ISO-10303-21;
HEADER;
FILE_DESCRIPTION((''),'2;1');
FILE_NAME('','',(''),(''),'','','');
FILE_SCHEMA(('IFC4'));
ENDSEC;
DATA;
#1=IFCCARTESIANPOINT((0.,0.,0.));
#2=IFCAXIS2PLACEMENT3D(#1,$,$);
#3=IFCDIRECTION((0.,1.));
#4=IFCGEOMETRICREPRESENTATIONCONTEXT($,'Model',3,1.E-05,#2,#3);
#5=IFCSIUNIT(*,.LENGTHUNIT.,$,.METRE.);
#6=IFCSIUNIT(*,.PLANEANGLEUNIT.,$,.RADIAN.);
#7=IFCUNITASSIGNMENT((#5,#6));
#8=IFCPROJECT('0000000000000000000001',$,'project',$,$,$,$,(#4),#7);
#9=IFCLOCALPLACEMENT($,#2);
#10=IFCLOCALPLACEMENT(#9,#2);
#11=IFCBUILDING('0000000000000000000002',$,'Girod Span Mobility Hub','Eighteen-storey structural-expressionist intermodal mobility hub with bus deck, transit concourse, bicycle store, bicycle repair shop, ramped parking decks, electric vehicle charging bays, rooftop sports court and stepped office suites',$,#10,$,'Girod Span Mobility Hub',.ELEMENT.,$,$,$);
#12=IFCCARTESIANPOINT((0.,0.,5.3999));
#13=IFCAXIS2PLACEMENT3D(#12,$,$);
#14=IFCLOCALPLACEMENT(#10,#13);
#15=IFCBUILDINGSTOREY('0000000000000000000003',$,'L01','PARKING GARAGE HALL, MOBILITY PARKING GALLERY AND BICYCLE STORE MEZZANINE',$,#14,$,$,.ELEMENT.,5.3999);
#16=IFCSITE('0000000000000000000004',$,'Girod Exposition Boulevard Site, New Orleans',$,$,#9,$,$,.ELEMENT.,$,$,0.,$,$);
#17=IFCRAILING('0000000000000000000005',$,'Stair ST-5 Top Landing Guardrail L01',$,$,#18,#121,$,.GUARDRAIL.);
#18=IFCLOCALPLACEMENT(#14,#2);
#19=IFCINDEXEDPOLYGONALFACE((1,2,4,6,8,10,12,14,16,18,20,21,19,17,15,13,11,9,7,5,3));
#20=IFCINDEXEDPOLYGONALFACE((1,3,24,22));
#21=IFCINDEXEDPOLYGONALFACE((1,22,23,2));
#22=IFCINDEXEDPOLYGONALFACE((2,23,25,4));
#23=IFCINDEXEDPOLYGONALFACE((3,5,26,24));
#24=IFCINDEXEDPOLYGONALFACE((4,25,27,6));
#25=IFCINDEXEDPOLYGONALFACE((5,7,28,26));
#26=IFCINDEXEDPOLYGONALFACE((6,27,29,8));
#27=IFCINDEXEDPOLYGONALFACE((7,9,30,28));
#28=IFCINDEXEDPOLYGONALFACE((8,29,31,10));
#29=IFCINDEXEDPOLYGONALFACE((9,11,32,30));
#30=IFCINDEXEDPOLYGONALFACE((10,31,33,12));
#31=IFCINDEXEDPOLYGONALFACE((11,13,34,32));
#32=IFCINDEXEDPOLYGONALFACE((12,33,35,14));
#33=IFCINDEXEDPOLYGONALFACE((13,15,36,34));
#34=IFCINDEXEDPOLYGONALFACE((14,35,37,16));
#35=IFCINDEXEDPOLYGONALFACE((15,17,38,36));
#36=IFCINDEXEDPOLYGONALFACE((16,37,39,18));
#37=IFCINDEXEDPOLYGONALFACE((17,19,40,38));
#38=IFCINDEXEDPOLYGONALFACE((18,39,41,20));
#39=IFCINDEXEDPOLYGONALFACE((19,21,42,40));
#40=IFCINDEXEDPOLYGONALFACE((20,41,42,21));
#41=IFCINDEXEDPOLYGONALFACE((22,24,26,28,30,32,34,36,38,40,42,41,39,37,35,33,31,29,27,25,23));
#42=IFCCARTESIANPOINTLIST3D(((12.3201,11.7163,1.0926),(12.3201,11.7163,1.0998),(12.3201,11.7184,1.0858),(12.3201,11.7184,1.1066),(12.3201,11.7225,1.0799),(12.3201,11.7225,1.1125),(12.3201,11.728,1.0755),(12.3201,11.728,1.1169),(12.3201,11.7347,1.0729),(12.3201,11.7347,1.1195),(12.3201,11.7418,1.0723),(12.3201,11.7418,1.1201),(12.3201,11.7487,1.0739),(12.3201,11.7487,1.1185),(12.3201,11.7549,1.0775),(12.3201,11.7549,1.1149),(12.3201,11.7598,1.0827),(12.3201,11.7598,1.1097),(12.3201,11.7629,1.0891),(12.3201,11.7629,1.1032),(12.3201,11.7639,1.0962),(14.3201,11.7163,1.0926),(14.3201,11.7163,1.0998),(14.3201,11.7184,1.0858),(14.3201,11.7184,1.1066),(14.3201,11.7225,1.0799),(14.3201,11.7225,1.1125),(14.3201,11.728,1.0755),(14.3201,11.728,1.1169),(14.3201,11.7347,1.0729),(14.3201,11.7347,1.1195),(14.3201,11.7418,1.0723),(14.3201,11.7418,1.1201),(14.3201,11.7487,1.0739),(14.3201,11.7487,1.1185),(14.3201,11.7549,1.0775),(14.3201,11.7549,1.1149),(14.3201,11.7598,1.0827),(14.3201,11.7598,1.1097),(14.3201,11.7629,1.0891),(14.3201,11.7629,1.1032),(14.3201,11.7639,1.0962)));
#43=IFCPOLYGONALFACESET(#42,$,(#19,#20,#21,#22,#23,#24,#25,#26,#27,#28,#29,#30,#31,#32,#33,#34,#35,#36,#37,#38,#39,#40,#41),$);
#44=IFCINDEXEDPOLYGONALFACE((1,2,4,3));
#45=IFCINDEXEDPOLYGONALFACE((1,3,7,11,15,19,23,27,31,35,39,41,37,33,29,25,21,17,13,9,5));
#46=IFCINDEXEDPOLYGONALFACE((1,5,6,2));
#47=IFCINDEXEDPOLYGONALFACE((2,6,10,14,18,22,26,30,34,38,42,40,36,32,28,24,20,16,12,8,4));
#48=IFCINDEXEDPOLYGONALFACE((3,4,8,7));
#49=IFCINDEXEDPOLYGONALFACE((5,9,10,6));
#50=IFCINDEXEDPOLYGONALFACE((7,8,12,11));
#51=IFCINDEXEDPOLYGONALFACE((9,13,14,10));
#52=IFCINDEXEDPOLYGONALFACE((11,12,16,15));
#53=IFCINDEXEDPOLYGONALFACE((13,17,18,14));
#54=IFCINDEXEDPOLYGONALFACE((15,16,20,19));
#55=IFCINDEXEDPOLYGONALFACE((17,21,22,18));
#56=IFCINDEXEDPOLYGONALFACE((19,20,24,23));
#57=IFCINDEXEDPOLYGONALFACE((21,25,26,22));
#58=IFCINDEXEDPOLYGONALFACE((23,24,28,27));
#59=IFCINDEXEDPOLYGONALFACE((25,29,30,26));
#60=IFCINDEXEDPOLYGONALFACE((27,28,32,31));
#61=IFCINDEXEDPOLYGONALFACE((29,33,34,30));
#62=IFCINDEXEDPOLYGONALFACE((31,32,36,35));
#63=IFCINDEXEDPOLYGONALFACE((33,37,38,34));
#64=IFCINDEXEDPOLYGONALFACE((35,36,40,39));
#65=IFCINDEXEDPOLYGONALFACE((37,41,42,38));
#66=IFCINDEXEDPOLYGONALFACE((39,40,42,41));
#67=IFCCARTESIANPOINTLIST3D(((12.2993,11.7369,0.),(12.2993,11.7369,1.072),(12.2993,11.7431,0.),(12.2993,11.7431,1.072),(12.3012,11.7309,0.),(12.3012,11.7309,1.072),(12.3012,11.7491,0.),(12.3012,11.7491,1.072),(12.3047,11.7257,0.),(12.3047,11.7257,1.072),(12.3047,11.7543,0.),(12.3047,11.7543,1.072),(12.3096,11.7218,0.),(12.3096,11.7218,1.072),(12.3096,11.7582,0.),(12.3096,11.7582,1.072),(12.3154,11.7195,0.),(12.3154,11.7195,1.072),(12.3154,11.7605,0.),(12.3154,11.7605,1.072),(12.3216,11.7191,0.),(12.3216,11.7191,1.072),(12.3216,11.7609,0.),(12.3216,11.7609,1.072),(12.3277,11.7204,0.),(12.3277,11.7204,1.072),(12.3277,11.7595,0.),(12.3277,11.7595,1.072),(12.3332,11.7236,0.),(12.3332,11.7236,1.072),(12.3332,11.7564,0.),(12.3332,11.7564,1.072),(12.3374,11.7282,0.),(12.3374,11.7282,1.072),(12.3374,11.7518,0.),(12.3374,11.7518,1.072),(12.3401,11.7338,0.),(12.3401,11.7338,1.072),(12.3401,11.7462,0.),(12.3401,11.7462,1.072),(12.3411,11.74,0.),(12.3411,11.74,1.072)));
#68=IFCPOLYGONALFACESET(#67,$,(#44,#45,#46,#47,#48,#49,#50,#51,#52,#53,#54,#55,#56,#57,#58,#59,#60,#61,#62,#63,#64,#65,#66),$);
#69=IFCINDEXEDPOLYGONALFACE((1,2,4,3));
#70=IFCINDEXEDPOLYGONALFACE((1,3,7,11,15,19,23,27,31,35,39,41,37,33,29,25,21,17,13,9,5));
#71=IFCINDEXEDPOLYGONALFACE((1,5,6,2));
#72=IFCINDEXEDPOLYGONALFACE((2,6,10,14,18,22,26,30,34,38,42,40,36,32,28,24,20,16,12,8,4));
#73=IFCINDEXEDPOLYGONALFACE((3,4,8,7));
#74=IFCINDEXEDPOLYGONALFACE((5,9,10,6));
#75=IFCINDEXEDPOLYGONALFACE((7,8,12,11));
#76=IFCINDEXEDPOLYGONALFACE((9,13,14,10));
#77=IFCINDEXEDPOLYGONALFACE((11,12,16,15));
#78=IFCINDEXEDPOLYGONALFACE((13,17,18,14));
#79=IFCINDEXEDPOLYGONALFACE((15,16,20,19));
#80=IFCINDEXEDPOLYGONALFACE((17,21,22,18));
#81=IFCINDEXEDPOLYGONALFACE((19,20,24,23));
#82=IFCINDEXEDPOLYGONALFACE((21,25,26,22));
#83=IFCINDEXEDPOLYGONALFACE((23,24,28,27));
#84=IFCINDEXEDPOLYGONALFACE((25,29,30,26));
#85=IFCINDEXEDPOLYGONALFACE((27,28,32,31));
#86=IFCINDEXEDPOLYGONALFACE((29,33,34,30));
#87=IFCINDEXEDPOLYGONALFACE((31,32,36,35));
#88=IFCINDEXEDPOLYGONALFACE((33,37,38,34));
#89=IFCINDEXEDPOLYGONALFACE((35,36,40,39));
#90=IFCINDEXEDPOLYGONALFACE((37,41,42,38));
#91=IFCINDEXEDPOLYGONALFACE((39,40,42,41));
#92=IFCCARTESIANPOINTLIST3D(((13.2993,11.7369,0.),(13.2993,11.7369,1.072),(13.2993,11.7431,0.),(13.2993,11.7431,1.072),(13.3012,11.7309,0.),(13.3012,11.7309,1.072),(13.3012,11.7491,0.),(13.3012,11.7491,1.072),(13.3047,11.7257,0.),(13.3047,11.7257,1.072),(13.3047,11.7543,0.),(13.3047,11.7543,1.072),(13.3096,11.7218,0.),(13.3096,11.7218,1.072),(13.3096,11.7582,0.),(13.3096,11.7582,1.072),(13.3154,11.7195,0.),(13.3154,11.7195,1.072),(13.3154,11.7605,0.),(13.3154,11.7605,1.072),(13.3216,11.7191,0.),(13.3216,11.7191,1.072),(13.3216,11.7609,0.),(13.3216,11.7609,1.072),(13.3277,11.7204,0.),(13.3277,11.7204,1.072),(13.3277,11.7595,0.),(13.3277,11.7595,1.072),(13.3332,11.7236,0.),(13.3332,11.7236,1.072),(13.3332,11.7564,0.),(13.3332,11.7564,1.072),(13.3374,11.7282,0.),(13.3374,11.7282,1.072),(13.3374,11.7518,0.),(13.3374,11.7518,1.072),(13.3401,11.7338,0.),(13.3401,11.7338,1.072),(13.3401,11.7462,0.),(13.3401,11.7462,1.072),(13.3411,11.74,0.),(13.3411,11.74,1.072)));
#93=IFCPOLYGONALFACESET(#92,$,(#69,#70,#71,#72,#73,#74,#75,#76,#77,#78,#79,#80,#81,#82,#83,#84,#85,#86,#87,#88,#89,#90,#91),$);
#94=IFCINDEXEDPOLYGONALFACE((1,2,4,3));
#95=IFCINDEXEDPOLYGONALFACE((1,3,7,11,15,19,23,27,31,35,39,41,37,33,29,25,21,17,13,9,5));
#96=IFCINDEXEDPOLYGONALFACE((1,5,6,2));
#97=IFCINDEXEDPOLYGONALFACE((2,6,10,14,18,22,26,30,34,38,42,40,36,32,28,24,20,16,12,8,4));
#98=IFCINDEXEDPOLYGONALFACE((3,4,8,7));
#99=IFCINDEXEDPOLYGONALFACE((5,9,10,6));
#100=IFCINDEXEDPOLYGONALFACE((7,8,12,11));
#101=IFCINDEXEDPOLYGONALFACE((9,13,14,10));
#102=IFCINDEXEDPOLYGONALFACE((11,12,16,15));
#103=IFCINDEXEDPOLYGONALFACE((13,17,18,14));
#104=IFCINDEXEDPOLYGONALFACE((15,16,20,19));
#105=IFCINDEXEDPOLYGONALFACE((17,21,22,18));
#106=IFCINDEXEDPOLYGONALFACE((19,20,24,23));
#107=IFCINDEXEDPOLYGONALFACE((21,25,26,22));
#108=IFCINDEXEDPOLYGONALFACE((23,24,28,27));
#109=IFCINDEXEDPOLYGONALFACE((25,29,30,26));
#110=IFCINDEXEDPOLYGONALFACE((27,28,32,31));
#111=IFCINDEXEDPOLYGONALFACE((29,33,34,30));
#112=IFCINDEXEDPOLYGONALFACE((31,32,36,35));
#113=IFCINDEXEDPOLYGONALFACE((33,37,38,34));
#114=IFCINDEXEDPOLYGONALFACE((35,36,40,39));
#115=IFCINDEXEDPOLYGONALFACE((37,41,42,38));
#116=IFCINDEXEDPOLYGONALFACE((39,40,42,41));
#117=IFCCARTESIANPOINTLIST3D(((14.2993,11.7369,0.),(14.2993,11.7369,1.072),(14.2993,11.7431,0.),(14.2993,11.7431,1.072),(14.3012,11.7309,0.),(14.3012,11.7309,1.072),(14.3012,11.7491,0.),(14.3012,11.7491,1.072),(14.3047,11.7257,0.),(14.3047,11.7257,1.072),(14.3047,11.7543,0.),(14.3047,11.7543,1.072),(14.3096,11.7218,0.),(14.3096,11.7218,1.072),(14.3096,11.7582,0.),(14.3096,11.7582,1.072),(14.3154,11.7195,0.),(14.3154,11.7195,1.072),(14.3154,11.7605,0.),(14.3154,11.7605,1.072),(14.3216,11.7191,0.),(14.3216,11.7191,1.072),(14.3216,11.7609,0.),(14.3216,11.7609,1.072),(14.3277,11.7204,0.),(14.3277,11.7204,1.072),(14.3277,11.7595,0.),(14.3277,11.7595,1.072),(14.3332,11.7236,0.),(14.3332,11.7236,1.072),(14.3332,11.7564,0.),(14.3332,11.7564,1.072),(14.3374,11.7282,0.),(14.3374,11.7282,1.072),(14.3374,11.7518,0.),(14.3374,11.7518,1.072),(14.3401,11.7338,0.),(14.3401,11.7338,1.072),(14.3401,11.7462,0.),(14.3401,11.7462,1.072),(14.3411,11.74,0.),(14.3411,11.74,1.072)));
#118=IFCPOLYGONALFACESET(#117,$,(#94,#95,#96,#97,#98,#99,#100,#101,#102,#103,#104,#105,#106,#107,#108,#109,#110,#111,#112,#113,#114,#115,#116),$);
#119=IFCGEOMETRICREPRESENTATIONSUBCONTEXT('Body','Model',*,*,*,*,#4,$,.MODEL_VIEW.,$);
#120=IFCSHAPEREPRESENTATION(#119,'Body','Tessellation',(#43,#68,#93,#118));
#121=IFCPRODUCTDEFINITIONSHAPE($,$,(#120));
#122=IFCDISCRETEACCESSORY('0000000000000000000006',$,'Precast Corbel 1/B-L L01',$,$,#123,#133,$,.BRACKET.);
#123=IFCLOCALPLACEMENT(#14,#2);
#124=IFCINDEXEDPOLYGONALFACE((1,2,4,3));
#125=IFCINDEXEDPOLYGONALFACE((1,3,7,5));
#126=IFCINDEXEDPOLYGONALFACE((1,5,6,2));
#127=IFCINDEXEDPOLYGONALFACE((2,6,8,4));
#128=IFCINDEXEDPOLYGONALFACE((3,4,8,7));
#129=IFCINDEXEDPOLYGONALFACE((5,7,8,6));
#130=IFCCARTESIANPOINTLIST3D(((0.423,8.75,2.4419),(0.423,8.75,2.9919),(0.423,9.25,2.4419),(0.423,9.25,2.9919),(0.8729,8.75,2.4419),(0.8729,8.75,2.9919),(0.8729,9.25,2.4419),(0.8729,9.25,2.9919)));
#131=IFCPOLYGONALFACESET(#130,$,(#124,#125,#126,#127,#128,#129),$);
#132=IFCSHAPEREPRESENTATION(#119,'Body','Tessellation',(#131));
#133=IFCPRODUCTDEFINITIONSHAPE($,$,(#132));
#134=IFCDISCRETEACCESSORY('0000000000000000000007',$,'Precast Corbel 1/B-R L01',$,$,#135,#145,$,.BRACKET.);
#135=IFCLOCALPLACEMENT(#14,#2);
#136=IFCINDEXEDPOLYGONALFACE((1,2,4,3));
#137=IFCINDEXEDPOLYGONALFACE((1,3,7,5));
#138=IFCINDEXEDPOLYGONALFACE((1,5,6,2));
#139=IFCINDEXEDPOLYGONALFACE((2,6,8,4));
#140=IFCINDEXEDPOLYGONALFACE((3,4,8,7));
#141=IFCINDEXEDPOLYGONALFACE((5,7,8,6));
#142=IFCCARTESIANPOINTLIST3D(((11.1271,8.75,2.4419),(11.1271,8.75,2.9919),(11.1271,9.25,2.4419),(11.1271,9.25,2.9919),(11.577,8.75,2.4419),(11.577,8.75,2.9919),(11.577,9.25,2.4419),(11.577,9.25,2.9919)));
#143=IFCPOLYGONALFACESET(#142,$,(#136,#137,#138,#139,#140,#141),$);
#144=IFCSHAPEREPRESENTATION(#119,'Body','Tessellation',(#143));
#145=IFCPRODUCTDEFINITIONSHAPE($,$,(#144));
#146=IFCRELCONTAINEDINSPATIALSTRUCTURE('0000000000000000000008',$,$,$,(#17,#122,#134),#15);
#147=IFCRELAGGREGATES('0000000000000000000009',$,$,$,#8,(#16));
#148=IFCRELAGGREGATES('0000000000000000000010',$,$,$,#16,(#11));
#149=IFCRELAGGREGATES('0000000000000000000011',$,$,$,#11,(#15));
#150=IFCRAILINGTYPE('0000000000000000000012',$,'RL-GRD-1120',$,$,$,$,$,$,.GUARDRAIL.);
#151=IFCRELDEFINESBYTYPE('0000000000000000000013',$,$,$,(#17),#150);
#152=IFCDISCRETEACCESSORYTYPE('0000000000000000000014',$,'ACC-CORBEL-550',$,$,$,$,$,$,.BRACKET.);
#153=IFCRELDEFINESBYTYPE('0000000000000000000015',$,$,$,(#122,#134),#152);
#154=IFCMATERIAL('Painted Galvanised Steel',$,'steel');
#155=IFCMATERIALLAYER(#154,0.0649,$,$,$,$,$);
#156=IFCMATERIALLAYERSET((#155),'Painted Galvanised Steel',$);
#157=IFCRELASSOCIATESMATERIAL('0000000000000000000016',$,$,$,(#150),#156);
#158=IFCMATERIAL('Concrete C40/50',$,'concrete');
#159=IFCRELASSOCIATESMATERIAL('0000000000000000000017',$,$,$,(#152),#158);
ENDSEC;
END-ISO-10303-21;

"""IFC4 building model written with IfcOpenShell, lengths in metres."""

from ifc_helpers import new_model, si_unit, direction, frame, origin, origin_2d, place, context, subcontext, project, spatial, rectangle, circle, extrude, material, layer, layer_set, type_object, element, save


model = new_model("IFC4")

# Units and contexts
model_context = context("Model", 3, precision=1e-05, world=origin(), true_north=direction((0.0, 1.0)))
body_context = subcontext(model_context, "Body", "Model", "MODEL_VIEW")
ifc_project = project(units=[si_unit("LENGTHUNIT", "METRE"), si_unit("PLANEANGLEUNIT", "RADIAN")], contexts=[model_context])

# Site, building, storey
site_placement = place(None, origin())
site = spatial("IfcSite", under=ifc_project, at=site_placement, Name="Girod Exposition Boulevard Site, New Orleans", CompositionType="ELEMENT", RefElevation=0.0)
building_placement = place(site_placement, origin())
building = spatial("IfcBuilding", under=site, at=building_placement, Name="Girod Span Mobility Hub", Description="Eighteen-storey structural-expressionist intermodal mobility hub with bus deck, transit concourse, bicycle store, bicycle repair shop, ramped parking decks, electric vehicle charging bays, rooftop sports court and stepped office suites", LongName="Girod Span Mobility Hub", CompositionType="ELEMENT")
storey_placement = place(building_placement, frame((0.0, 0.0, 5.3999)))
storey = spatial("IfcBuildingStorey", under=building, at=storey_placement, Name="L01", Description="PARKING GARAGE HALL, MOBILITY PARKING GALLERY AND BICYCLE STORE MEZZANINE", CompositionType="ELEMENT", Elevation=5.3999)

# Railing
ifc_material_1 = material(Name="Painted Galvanised Steel", Category="steel")
ifc_layer_1 = layer(ifc_material_1, 0.0649)
ifc_layer_set_1 = layer_set([ifc_layer_1], Name="Painted Galvanised Steel")
railing_type = type_object("IfcRailingType", Name="RL-GRD-1120", PredefinedType="GUARDRAIL", material=ifc_layer_set_1)
railing_placement = place(storey_placement, frame((12.3201, 11.74, 0.0)))
element("IfcRailing", 1, at=railing_placement, inside=storey, type_object=railing_type, Name="Stair ST-5 Top Landing Guardrail L01", PredefinedType="GUARDRAIL", context=body_context, shape_type="SweptSolid", body=[
    extrude(circle(Radius=0.0239, at=origin_2d()), frame((0.0, 0.0, 1.0962), z_axis=(1.0, 0.0, 0.0), x_axis=(0.0, 1.0, 0.0)), (0.0, 0.0, 1.0), 2.0),
    extrude(circle(Radius=0.021, at=origin_2d()), origin(), (0.0, 0.0, 1.0), 1.072),
    extrude(circle(Radius=0.021, at=origin_2d()), frame((1.0, 0.0, 0.0)), (0.0, 0.0, 1.0), 1.072),
    extrude(circle(Radius=0.021, at=origin_2d()), frame((2.0, 0.0, 0.0)), (0.0, 0.0, 1.0), 1.072),
])

# Discrete accessories
ifc_material_2 = material(Name="Concrete C40/50", Category="concrete")
discrete_accessory_type = type_object("IfcDiscreteAccessoryType", Name="ACC-CORBEL-550", PredefinedType="BRACKET", material=ifc_material_2)
for number, where, z_axis, x_axis, name in (
    (2, (0.6479, 9.0, 2.4419), (0.0, 0.0, 1.0), (1.0, 0.0, 0.0), "Precast Corbel 1/B-L L01"),
    (3, (11.3521, 9.0, 2.4419), (0.0, 0.0, 1.0), (1.0, 0.0, 0.0), "Precast Corbel 1/B-R L01"),
):
    element("IfcDiscreteAccessory", number, at=place(storey_placement, frame(where, z_axis=z_axis, x_axis=x_axis)), inside=storey, type_object=discrete_accessory_type, Name=name, PredefinedType="BRACKET", context=body_context, shape_type="SweptSolid", body=[
        extrude(rectangle(XDim=0.45, YDim=0.5, at=origin_2d()), origin(), (0.0, 0.0, 1.0), 0.55),
    ])

save(model, "model.ifc")
